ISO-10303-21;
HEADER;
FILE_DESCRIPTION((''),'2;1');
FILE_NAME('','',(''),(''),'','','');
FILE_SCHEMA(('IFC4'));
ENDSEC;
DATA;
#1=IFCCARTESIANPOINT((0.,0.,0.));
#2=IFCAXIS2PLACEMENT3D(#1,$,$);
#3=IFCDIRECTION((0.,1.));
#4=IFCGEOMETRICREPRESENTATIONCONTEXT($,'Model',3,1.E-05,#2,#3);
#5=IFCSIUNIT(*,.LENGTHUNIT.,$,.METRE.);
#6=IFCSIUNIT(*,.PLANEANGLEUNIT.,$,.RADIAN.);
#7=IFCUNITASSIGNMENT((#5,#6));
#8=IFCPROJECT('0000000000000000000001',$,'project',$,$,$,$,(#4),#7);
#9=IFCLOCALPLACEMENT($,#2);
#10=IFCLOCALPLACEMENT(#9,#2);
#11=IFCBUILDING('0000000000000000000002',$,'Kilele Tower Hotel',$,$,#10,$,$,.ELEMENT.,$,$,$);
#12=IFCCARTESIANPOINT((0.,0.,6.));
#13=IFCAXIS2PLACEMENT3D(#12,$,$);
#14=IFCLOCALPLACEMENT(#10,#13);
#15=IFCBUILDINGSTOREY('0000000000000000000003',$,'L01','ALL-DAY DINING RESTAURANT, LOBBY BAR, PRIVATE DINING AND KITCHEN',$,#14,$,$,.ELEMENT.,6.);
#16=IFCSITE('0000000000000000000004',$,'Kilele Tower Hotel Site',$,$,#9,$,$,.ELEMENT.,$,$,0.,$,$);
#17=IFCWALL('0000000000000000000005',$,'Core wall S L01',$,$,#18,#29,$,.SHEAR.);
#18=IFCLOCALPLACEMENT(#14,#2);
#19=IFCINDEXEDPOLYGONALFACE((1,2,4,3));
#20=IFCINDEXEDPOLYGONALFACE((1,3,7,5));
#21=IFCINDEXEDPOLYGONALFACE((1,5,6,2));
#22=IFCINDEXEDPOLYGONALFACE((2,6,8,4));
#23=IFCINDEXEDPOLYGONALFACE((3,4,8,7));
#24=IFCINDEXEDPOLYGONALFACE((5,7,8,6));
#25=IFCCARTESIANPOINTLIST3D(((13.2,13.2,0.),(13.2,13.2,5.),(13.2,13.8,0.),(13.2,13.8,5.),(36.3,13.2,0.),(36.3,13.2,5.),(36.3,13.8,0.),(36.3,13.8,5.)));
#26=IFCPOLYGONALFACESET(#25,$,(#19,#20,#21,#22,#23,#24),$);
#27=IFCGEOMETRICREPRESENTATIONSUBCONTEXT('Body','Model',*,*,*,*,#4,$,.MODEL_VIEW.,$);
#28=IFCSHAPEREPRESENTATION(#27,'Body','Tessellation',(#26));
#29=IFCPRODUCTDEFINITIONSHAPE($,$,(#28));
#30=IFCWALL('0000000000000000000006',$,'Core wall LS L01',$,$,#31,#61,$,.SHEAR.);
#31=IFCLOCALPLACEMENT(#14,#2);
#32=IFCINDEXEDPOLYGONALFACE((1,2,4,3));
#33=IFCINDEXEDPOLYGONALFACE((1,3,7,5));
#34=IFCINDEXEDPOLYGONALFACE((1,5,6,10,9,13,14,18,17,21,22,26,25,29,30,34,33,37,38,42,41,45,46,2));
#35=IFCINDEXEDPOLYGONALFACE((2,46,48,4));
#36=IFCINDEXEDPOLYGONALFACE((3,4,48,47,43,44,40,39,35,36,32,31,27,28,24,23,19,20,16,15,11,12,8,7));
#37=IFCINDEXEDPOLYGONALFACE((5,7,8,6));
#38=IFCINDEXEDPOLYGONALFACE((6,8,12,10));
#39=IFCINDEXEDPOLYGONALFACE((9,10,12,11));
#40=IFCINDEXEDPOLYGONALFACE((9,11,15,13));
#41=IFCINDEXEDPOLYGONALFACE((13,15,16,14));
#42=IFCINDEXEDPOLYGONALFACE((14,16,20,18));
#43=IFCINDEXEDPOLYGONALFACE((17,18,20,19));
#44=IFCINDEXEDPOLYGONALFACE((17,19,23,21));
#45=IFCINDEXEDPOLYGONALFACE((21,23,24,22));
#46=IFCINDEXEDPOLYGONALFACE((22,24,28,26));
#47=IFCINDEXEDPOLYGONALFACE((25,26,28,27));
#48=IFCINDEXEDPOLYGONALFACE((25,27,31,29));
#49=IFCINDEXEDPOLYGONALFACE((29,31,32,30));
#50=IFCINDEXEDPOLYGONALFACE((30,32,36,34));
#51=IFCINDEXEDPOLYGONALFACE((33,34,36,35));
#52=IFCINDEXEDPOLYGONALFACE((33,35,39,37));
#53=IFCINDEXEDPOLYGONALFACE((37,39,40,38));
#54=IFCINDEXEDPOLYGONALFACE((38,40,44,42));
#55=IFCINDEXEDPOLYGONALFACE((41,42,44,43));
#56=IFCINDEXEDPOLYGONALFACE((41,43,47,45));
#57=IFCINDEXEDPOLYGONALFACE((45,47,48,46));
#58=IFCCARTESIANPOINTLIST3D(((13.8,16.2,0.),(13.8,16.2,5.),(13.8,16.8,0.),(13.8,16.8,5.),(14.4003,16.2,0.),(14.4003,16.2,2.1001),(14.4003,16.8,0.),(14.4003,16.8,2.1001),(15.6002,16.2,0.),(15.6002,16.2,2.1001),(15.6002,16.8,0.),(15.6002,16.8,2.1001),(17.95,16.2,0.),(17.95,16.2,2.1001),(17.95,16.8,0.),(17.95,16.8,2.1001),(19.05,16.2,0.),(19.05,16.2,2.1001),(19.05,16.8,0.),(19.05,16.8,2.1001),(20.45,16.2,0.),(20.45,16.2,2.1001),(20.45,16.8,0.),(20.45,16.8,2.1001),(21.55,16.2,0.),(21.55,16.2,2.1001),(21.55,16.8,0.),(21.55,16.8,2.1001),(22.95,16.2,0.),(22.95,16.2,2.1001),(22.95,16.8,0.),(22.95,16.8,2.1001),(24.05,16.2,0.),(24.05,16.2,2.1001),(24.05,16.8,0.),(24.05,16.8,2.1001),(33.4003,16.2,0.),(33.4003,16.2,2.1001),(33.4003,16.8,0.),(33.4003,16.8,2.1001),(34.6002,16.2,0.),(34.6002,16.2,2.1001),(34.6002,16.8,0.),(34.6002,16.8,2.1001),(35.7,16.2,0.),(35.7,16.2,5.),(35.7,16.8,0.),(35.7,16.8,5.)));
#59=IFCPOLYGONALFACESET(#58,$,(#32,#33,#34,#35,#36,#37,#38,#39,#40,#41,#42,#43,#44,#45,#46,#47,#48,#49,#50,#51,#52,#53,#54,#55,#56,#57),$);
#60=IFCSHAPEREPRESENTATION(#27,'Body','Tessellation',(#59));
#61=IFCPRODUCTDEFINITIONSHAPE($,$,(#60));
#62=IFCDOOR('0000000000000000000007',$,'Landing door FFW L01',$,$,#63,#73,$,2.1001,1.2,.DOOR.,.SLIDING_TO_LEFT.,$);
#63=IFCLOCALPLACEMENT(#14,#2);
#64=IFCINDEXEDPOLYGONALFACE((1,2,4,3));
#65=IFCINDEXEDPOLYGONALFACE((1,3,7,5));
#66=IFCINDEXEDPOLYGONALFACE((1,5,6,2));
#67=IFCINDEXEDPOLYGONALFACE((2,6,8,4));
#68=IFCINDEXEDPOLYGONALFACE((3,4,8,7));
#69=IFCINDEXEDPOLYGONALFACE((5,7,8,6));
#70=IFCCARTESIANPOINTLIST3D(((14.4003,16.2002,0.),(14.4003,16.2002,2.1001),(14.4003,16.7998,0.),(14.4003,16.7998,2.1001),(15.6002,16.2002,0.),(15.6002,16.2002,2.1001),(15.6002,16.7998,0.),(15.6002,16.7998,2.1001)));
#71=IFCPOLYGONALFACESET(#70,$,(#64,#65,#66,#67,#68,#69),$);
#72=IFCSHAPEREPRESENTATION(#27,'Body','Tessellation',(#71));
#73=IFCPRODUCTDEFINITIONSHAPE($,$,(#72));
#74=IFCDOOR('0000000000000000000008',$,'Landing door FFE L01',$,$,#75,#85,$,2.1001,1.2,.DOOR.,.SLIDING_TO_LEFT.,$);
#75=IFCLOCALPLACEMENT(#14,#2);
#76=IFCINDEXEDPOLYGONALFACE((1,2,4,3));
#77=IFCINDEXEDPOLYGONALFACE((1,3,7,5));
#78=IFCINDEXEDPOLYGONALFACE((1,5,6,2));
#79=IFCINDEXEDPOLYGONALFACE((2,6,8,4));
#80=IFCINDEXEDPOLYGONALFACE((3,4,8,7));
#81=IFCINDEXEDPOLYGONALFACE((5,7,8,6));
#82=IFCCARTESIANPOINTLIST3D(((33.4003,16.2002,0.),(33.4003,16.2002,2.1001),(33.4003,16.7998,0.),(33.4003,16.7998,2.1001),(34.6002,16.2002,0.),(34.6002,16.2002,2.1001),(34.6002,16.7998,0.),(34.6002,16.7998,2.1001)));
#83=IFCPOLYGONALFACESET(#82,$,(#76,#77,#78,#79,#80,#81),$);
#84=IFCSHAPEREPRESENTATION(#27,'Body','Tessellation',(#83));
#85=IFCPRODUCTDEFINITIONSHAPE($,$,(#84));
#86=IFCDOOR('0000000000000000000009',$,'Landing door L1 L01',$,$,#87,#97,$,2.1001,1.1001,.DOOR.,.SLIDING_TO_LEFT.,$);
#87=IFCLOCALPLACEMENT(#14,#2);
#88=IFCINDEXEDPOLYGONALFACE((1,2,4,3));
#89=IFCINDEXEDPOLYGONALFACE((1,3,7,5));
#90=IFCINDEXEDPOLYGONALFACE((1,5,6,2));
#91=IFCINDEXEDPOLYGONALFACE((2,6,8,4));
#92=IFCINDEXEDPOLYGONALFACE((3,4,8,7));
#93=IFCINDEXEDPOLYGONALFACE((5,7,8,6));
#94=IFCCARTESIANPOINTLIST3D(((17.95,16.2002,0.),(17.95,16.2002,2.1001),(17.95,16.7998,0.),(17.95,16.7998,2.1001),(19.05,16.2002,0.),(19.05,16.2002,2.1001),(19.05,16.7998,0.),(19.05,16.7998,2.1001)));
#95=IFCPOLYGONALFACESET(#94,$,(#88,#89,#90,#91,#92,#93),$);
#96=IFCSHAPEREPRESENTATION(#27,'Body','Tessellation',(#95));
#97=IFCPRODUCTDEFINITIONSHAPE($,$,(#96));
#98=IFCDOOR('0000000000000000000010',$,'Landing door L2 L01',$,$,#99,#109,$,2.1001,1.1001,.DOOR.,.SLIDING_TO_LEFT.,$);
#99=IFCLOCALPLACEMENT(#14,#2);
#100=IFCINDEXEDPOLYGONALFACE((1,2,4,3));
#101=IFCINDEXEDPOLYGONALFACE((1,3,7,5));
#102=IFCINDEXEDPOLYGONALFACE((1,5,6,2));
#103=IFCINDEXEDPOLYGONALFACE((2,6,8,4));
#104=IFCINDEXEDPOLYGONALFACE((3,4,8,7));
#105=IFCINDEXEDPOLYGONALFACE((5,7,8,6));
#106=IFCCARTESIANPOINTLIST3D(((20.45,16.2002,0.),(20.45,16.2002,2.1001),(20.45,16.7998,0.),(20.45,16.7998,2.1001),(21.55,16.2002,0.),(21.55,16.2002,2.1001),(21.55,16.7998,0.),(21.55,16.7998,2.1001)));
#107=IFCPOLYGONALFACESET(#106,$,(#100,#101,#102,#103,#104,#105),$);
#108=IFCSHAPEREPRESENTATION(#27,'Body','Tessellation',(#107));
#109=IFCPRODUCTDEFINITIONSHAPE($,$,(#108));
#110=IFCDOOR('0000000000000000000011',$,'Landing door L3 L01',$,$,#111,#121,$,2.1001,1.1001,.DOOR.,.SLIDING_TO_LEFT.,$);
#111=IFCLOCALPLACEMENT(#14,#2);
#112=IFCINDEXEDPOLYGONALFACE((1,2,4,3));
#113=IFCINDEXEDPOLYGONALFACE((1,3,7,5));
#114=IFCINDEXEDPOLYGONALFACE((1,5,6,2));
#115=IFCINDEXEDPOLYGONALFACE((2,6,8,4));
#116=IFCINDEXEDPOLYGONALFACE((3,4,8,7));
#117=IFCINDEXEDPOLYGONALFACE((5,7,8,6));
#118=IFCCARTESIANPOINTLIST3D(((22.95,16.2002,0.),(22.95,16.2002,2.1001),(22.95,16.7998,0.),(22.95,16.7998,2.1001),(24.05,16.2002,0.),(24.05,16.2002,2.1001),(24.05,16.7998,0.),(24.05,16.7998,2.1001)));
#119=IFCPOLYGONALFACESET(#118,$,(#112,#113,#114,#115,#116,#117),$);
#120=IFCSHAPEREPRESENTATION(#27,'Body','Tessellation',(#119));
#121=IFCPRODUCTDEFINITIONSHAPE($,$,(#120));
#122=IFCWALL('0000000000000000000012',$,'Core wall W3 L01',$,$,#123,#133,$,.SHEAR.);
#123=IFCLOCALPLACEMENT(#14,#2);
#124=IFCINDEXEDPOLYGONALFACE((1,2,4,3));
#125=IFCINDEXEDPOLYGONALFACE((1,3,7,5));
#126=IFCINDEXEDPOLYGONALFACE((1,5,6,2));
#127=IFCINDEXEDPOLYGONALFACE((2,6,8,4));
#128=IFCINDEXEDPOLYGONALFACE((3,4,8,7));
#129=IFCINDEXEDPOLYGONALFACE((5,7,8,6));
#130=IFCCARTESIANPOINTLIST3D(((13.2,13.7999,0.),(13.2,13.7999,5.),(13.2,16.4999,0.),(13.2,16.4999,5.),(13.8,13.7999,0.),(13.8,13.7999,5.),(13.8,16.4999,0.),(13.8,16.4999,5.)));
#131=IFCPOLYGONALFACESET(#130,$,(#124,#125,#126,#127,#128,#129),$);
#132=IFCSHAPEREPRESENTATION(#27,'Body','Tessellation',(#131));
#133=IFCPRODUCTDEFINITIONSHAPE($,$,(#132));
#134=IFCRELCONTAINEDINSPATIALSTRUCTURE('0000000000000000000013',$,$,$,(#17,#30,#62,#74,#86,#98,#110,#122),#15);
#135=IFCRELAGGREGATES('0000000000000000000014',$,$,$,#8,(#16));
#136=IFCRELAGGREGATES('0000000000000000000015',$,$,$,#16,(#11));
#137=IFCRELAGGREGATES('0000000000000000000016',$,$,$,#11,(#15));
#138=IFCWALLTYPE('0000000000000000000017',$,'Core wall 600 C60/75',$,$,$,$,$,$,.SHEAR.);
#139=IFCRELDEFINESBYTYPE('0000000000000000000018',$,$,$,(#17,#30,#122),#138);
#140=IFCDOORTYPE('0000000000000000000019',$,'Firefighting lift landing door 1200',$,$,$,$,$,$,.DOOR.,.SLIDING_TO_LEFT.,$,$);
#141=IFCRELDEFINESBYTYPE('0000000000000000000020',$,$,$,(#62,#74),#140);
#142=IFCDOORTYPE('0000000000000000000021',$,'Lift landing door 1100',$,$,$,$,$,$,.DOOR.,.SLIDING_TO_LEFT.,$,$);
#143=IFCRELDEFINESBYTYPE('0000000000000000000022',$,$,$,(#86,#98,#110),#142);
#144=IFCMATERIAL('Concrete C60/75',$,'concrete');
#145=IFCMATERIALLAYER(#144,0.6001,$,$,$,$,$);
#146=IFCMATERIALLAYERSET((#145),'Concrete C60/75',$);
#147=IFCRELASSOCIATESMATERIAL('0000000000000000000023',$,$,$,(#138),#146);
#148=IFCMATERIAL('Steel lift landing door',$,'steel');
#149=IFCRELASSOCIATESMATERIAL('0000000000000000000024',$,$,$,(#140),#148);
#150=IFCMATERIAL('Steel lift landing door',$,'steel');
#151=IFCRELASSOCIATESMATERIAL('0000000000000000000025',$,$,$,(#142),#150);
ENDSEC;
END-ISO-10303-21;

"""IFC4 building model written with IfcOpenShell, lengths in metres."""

from ifc_helpers import new_model, si_unit, direction, frame, frame_2d, origin, place, context, subcontext, project, spatial, rectangle, extrude, material, layer, layer_set, type_object, element, fill, save


model = new_model("IFC4")

# Units and contexts
model_context = context("Model", 3, precision=1e-05, world=origin(), true_north=direction((0.0, 1.0)))
body_context = subcontext(model_context, "Body", "Model", "MODEL_VIEW")
ifc_project = project(units=[si_unit("LENGTHUNIT", "METRE"), si_unit("PLANEANGLEUNIT", "RADIAN")], contexts=[model_context])

# Site, building, storey
site_placement = place(None, origin())
site = spatial("IfcSite", under=ifc_project, at=site_placement, Name="Kilele Tower Hotel Site", CompositionType="ELEMENT", RefElevation=0.0)
building_placement = place(site_placement, origin())
building = spatial("IfcBuilding", under=site, at=building_placement, Name="Kilele Tower Hotel", CompositionType="ELEMENT")
storey_placement = place(building_placement, frame((0.0, 0.0, 6.0)))
storey = spatial("IfcBuildingStorey", under=building, at=storey_placement, Name="L01", Description="ALL-DAY DINING RESTAURANT, LOBBY BAR, PRIVATE DINING AND KITCHEN", CompositionType="ELEMENT", Elevation=6.0)

# Wall
ifc_material_1 = material(Name="Concrete C60/75", Category="concrete")
ifc_layer_1 = layer(ifc_material_1, 0.6001)
ifc_layer_set_1 = layer_set([ifc_layer_1], Name="Concrete C60/75")
wall_type = type_object("IfcWallType", Name="Core wall 600 C60/75", PredefinedType="SHEAR", material=ifc_layer_set_1)
wall_1_placement = place(storey_placement, frame((13.2, 13.5, 0.0), z_axis=(0.0, 0.0, 1.0), x_axis=(1.0, 0.0, 0.0)))
element("IfcWall", 1, at=wall_1_placement, inside=storey, type_object=wall_type, Name="Core wall S L01", PredefinedType="SHEAR", context=body_context, shape_type="SweptSolid", body=[
    extrude(rectangle(XDim=23.1001, YDim=0.6001, at=frame_2d((11.55, 0.0))), origin(), (0.0, 0.0, 1.0), 5.0),
])

# Wall, openings, doors
wall_2_placement = place(storey_placement, frame((13.8, 16.5, 0.0), z_axis=(0.0, 0.0, 1.0), x_axis=(1.0, 0.0, 0.0)))
wall_2 = element("IfcWall", 2, at=wall_2_placement, inside=storey, type_object=wall_type, Name="Core wall LS L01", PredefinedType="SHEAR", context=body_context, shape_type="SweptSolid", body=[
    extrude(rectangle(XDim=21.8999, YDim=0.6001, at=frame_2d((10.95, 0.0))), origin(), (0.0, 0.0, 1.0), 5.0),
])
opening_1_placement = place(wall_2_placement, frame((4.1499, 0.0, 0.0)))
opening_1 = element("IfcOpeningElement", 3, at=opening_1_placement, cuts=wall_2, PredefinedType="OPENING", context=body_context, shape_type="SweptSolid", body=[
    extrude(rectangle(XDim=1.1001, YDim=2.1001, at=frame_2d((0.55, 1.05))), frame((0.0, 0.3101, 0.0), z_axis=(0.0, -1.0, 0.0), x_axis=(1.0, 0.0, 0.0)), (0.0, 0.0, 1.0), 0.6201),
])
opening_2_placement = place(wall_2_placement, frame((6.6499, 0.0, 0.0)))
opening_2 = element("IfcOpeningElement", 4, at=opening_2_placement, cuts=wall_2, PredefinedType="OPENING", context=body_context, shape_type="SweptSolid", body=[
    extrude(rectangle(XDim=1.1001, YDim=2.1001, at=frame_2d((0.55, 1.05))), frame((0.0, 0.3101, 0.0), z_axis=(0.0, -1.0, 0.0), x_axis=(1.0, 0.0, 0.0)), (0.0, 0.0, 1.0), 0.6201),
])
opening_3_placement = place(wall_2_placement, frame((9.1499, 0.0, 0.0)))
opening_3 = element("IfcOpeningElement", 5, at=opening_3_placement, cuts=wall_2, PredefinedType="OPENING", context=body_context, shape_type="SweptSolid", body=[
    extrude(rectangle(XDim=1.1001, YDim=2.1001, at=frame_2d((0.55, 1.05))), frame((0.0, 0.3101, 0.0), z_axis=(0.0, -1.0, 0.0), x_axis=(1.0, 0.0, 0.0)), (0.0, 0.0, 1.0), 0.6201),
])
opening_4_placement = place(wall_2_placement, frame((0.6001, 0.0, 0.0)))
opening_4 = element("IfcOpeningElement", 6, at=opening_4_placement, cuts=wall_2, PredefinedType="OPENING", context=body_context, shape_type="SweptSolid", body=[
    extrude(rectangle(XDim=1.2, YDim=2.1001, at=frame_2d((0.6001, 1.05))), frame((0.0, 0.3101, 0.0), z_axis=(0.0, -1.0, 0.0), x_axis=(1.0, 0.0, 0.0)), (0.0, 0.0, 1.0), 0.6201),
])
opening_5_placement = place(wall_2_placement, frame((19.6001, 0.0, 0.0)))
opening_5 = element("IfcOpeningElement", 7, at=opening_5_placement, cuts=wall_2, PredefinedType="OPENING", context=body_context, shape_type="SweptSolid", body=[
    extrude(rectangle(XDim=1.2, YDim=2.1001, at=frame_2d((0.6001, 1.05))), frame((0.0, 0.3101, 0.0), z_axis=(0.0, -1.0, 0.0), x_axis=(1.0, 0.0, 0.0)), (0.0, 0.0, 1.0), 0.6201),
])
ifc_material_2 = material(Name="Steel lift landing door", Category="steel")
door_type_1 = type_object("IfcDoorType", Name="Firefighting lift landing door 1200", OperationType="SLIDING_TO_LEFT", PredefinedType="DOOR", material=ifc_material_2)
door_1_placement = place(opening_4_placement, origin())
door_1 = element("IfcDoor", 8, at=door_1_placement, inside=storey, type_object=door_type_1, Name="Landing door FFW L01", OperationType="SLIDING_TO_LEFT", OverallHeight=2.1001, OverallWidth=1.2, PredefinedType="DOOR", context=body_context, shape_type="SweptSolid", body=[
    extrude(rectangle(XDim=1.2, YDim=2.1001, at=frame_2d((0.6001, 1.05))), frame((0.0, 0.2998, 0.0), z_axis=(0.0, -1.0, 0.0), x_axis=(1.0, 0.0, 0.0)), (0.0, 0.0, 1.0), 0.5996),
])
fill(opening_4, door_1)
door_2_placement = place(opening_5_placement, origin())
door_2 = element("IfcDoor", 9, at=door_2_placement, inside=storey, type_object=door_type_1, Name="Landing door FFE L01", OperationType="SLIDING_TO_LEFT", OverallHeight=2.1001, OverallWidth=1.2, PredefinedType="DOOR", context=body_context, shape_type="SweptSolid", body=[
    extrude(rectangle(XDim=1.2, YDim=2.1001, at=frame_2d((0.6001, 1.05))), frame((0.0, 0.2998, 0.0), z_axis=(0.0, -1.0, 0.0), x_axis=(1.0, 0.0, 0.0)), (0.0, 0.0, 1.0), 0.5996),
])
fill(opening_5, door_2)
ifc_material_3 = material(Name="Steel lift landing door", Category="steel")
door_type_2 = type_object("IfcDoorType", Name="Lift landing door 1100", OperationType="SLIDING_TO_LEFT", PredefinedType="DOOR", material=ifc_material_3)
door_3_placement = place(opening_1_placement, origin())
door_3 = element("IfcDoor", 10, at=door_3_placement, inside=storey, type_object=door_type_2, Name="Landing door L1 L01", OperationType="SLIDING_TO_LEFT", OverallHeight=2.1001, OverallWidth=1.1001, PredefinedType="DOOR", context=body_context, shape_type="SweptSolid", body=[
    extrude(rectangle(XDim=1.1001, YDim=2.1001, at=frame_2d((0.55, 1.05))), frame((0.0, 0.2998, 0.0), z_axis=(0.0, -1.0, 0.0), x_axis=(1.0, 0.0, 0.0)), (0.0, 0.0, 1.0), 0.5996),
])
fill(opening_1, door_3)
door_4_placement = place(opening_2_placement, origin())
door_4 = element("IfcDoor", 11, at=door_4_placement, inside=storey, type_object=door_type_2, Name="Landing door L2 L01", OperationType="SLIDING_TO_LEFT", OverallHeight=2.1001, OverallWidth=1.1001, PredefinedType="DOOR", context=body_context, shape_type="SweptSolid", body=[
    extrude(rectangle(XDim=1.1001, YDim=2.1001, at=frame_2d((0.55, 1.05))), frame((0.0, 0.2998, 0.0), z_axis=(0.0, -1.0, 0.0), x_axis=(1.0, 0.0, 0.0)), (0.0, 0.0, 1.0), 0.5996),
])
fill(opening_2, door_4)
door_5_placement = place(opening_3_placement, origin())
door_5 = element("IfcDoor", 12, at=door_5_placement, inside=storey, type_object=door_type_2, Name="Landing door L3 L01", OperationType="SLIDING_TO_LEFT", OverallHeight=2.1001, OverallWidth=1.1001, PredefinedType="DOOR", context=body_context, shape_type="SweptSolid", body=[
    extrude(rectangle(XDim=1.1001, YDim=2.1001, at=frame_2d((0.55, 1.05))), frame((0.0, 0.2998, 0.0), z_axis=(0.0, -1.0, 0.0), x_axis=(1.0, 0.0, 0.0)), (0.0, 0.0, 1.0), 0.5996),
])
fill(opening_3, door_5)

# Wall
wall_3_placement = place(storey_placement, frame((13.5, 16.5, 0.0), z_axis=(0.0, 0.0, 1.0), x_axis=(0.0, -1.0, 0.0)))
element("IfcWall", 13, at=wall_3_placement, inside=storey, type_object=wall_type, Name="Core wall W3 L01", PredefinedType="SHEAR", context=body_context, shape_type="SweptSolid", body=[
    extrude(rectangle(XDim=2.7, YDim=0.6001, at=frame_2d((1.3501, 0.0))), origin(), (0.0, 0.0, 1.0), 5.0),
])

save(model, "model.ifc")
